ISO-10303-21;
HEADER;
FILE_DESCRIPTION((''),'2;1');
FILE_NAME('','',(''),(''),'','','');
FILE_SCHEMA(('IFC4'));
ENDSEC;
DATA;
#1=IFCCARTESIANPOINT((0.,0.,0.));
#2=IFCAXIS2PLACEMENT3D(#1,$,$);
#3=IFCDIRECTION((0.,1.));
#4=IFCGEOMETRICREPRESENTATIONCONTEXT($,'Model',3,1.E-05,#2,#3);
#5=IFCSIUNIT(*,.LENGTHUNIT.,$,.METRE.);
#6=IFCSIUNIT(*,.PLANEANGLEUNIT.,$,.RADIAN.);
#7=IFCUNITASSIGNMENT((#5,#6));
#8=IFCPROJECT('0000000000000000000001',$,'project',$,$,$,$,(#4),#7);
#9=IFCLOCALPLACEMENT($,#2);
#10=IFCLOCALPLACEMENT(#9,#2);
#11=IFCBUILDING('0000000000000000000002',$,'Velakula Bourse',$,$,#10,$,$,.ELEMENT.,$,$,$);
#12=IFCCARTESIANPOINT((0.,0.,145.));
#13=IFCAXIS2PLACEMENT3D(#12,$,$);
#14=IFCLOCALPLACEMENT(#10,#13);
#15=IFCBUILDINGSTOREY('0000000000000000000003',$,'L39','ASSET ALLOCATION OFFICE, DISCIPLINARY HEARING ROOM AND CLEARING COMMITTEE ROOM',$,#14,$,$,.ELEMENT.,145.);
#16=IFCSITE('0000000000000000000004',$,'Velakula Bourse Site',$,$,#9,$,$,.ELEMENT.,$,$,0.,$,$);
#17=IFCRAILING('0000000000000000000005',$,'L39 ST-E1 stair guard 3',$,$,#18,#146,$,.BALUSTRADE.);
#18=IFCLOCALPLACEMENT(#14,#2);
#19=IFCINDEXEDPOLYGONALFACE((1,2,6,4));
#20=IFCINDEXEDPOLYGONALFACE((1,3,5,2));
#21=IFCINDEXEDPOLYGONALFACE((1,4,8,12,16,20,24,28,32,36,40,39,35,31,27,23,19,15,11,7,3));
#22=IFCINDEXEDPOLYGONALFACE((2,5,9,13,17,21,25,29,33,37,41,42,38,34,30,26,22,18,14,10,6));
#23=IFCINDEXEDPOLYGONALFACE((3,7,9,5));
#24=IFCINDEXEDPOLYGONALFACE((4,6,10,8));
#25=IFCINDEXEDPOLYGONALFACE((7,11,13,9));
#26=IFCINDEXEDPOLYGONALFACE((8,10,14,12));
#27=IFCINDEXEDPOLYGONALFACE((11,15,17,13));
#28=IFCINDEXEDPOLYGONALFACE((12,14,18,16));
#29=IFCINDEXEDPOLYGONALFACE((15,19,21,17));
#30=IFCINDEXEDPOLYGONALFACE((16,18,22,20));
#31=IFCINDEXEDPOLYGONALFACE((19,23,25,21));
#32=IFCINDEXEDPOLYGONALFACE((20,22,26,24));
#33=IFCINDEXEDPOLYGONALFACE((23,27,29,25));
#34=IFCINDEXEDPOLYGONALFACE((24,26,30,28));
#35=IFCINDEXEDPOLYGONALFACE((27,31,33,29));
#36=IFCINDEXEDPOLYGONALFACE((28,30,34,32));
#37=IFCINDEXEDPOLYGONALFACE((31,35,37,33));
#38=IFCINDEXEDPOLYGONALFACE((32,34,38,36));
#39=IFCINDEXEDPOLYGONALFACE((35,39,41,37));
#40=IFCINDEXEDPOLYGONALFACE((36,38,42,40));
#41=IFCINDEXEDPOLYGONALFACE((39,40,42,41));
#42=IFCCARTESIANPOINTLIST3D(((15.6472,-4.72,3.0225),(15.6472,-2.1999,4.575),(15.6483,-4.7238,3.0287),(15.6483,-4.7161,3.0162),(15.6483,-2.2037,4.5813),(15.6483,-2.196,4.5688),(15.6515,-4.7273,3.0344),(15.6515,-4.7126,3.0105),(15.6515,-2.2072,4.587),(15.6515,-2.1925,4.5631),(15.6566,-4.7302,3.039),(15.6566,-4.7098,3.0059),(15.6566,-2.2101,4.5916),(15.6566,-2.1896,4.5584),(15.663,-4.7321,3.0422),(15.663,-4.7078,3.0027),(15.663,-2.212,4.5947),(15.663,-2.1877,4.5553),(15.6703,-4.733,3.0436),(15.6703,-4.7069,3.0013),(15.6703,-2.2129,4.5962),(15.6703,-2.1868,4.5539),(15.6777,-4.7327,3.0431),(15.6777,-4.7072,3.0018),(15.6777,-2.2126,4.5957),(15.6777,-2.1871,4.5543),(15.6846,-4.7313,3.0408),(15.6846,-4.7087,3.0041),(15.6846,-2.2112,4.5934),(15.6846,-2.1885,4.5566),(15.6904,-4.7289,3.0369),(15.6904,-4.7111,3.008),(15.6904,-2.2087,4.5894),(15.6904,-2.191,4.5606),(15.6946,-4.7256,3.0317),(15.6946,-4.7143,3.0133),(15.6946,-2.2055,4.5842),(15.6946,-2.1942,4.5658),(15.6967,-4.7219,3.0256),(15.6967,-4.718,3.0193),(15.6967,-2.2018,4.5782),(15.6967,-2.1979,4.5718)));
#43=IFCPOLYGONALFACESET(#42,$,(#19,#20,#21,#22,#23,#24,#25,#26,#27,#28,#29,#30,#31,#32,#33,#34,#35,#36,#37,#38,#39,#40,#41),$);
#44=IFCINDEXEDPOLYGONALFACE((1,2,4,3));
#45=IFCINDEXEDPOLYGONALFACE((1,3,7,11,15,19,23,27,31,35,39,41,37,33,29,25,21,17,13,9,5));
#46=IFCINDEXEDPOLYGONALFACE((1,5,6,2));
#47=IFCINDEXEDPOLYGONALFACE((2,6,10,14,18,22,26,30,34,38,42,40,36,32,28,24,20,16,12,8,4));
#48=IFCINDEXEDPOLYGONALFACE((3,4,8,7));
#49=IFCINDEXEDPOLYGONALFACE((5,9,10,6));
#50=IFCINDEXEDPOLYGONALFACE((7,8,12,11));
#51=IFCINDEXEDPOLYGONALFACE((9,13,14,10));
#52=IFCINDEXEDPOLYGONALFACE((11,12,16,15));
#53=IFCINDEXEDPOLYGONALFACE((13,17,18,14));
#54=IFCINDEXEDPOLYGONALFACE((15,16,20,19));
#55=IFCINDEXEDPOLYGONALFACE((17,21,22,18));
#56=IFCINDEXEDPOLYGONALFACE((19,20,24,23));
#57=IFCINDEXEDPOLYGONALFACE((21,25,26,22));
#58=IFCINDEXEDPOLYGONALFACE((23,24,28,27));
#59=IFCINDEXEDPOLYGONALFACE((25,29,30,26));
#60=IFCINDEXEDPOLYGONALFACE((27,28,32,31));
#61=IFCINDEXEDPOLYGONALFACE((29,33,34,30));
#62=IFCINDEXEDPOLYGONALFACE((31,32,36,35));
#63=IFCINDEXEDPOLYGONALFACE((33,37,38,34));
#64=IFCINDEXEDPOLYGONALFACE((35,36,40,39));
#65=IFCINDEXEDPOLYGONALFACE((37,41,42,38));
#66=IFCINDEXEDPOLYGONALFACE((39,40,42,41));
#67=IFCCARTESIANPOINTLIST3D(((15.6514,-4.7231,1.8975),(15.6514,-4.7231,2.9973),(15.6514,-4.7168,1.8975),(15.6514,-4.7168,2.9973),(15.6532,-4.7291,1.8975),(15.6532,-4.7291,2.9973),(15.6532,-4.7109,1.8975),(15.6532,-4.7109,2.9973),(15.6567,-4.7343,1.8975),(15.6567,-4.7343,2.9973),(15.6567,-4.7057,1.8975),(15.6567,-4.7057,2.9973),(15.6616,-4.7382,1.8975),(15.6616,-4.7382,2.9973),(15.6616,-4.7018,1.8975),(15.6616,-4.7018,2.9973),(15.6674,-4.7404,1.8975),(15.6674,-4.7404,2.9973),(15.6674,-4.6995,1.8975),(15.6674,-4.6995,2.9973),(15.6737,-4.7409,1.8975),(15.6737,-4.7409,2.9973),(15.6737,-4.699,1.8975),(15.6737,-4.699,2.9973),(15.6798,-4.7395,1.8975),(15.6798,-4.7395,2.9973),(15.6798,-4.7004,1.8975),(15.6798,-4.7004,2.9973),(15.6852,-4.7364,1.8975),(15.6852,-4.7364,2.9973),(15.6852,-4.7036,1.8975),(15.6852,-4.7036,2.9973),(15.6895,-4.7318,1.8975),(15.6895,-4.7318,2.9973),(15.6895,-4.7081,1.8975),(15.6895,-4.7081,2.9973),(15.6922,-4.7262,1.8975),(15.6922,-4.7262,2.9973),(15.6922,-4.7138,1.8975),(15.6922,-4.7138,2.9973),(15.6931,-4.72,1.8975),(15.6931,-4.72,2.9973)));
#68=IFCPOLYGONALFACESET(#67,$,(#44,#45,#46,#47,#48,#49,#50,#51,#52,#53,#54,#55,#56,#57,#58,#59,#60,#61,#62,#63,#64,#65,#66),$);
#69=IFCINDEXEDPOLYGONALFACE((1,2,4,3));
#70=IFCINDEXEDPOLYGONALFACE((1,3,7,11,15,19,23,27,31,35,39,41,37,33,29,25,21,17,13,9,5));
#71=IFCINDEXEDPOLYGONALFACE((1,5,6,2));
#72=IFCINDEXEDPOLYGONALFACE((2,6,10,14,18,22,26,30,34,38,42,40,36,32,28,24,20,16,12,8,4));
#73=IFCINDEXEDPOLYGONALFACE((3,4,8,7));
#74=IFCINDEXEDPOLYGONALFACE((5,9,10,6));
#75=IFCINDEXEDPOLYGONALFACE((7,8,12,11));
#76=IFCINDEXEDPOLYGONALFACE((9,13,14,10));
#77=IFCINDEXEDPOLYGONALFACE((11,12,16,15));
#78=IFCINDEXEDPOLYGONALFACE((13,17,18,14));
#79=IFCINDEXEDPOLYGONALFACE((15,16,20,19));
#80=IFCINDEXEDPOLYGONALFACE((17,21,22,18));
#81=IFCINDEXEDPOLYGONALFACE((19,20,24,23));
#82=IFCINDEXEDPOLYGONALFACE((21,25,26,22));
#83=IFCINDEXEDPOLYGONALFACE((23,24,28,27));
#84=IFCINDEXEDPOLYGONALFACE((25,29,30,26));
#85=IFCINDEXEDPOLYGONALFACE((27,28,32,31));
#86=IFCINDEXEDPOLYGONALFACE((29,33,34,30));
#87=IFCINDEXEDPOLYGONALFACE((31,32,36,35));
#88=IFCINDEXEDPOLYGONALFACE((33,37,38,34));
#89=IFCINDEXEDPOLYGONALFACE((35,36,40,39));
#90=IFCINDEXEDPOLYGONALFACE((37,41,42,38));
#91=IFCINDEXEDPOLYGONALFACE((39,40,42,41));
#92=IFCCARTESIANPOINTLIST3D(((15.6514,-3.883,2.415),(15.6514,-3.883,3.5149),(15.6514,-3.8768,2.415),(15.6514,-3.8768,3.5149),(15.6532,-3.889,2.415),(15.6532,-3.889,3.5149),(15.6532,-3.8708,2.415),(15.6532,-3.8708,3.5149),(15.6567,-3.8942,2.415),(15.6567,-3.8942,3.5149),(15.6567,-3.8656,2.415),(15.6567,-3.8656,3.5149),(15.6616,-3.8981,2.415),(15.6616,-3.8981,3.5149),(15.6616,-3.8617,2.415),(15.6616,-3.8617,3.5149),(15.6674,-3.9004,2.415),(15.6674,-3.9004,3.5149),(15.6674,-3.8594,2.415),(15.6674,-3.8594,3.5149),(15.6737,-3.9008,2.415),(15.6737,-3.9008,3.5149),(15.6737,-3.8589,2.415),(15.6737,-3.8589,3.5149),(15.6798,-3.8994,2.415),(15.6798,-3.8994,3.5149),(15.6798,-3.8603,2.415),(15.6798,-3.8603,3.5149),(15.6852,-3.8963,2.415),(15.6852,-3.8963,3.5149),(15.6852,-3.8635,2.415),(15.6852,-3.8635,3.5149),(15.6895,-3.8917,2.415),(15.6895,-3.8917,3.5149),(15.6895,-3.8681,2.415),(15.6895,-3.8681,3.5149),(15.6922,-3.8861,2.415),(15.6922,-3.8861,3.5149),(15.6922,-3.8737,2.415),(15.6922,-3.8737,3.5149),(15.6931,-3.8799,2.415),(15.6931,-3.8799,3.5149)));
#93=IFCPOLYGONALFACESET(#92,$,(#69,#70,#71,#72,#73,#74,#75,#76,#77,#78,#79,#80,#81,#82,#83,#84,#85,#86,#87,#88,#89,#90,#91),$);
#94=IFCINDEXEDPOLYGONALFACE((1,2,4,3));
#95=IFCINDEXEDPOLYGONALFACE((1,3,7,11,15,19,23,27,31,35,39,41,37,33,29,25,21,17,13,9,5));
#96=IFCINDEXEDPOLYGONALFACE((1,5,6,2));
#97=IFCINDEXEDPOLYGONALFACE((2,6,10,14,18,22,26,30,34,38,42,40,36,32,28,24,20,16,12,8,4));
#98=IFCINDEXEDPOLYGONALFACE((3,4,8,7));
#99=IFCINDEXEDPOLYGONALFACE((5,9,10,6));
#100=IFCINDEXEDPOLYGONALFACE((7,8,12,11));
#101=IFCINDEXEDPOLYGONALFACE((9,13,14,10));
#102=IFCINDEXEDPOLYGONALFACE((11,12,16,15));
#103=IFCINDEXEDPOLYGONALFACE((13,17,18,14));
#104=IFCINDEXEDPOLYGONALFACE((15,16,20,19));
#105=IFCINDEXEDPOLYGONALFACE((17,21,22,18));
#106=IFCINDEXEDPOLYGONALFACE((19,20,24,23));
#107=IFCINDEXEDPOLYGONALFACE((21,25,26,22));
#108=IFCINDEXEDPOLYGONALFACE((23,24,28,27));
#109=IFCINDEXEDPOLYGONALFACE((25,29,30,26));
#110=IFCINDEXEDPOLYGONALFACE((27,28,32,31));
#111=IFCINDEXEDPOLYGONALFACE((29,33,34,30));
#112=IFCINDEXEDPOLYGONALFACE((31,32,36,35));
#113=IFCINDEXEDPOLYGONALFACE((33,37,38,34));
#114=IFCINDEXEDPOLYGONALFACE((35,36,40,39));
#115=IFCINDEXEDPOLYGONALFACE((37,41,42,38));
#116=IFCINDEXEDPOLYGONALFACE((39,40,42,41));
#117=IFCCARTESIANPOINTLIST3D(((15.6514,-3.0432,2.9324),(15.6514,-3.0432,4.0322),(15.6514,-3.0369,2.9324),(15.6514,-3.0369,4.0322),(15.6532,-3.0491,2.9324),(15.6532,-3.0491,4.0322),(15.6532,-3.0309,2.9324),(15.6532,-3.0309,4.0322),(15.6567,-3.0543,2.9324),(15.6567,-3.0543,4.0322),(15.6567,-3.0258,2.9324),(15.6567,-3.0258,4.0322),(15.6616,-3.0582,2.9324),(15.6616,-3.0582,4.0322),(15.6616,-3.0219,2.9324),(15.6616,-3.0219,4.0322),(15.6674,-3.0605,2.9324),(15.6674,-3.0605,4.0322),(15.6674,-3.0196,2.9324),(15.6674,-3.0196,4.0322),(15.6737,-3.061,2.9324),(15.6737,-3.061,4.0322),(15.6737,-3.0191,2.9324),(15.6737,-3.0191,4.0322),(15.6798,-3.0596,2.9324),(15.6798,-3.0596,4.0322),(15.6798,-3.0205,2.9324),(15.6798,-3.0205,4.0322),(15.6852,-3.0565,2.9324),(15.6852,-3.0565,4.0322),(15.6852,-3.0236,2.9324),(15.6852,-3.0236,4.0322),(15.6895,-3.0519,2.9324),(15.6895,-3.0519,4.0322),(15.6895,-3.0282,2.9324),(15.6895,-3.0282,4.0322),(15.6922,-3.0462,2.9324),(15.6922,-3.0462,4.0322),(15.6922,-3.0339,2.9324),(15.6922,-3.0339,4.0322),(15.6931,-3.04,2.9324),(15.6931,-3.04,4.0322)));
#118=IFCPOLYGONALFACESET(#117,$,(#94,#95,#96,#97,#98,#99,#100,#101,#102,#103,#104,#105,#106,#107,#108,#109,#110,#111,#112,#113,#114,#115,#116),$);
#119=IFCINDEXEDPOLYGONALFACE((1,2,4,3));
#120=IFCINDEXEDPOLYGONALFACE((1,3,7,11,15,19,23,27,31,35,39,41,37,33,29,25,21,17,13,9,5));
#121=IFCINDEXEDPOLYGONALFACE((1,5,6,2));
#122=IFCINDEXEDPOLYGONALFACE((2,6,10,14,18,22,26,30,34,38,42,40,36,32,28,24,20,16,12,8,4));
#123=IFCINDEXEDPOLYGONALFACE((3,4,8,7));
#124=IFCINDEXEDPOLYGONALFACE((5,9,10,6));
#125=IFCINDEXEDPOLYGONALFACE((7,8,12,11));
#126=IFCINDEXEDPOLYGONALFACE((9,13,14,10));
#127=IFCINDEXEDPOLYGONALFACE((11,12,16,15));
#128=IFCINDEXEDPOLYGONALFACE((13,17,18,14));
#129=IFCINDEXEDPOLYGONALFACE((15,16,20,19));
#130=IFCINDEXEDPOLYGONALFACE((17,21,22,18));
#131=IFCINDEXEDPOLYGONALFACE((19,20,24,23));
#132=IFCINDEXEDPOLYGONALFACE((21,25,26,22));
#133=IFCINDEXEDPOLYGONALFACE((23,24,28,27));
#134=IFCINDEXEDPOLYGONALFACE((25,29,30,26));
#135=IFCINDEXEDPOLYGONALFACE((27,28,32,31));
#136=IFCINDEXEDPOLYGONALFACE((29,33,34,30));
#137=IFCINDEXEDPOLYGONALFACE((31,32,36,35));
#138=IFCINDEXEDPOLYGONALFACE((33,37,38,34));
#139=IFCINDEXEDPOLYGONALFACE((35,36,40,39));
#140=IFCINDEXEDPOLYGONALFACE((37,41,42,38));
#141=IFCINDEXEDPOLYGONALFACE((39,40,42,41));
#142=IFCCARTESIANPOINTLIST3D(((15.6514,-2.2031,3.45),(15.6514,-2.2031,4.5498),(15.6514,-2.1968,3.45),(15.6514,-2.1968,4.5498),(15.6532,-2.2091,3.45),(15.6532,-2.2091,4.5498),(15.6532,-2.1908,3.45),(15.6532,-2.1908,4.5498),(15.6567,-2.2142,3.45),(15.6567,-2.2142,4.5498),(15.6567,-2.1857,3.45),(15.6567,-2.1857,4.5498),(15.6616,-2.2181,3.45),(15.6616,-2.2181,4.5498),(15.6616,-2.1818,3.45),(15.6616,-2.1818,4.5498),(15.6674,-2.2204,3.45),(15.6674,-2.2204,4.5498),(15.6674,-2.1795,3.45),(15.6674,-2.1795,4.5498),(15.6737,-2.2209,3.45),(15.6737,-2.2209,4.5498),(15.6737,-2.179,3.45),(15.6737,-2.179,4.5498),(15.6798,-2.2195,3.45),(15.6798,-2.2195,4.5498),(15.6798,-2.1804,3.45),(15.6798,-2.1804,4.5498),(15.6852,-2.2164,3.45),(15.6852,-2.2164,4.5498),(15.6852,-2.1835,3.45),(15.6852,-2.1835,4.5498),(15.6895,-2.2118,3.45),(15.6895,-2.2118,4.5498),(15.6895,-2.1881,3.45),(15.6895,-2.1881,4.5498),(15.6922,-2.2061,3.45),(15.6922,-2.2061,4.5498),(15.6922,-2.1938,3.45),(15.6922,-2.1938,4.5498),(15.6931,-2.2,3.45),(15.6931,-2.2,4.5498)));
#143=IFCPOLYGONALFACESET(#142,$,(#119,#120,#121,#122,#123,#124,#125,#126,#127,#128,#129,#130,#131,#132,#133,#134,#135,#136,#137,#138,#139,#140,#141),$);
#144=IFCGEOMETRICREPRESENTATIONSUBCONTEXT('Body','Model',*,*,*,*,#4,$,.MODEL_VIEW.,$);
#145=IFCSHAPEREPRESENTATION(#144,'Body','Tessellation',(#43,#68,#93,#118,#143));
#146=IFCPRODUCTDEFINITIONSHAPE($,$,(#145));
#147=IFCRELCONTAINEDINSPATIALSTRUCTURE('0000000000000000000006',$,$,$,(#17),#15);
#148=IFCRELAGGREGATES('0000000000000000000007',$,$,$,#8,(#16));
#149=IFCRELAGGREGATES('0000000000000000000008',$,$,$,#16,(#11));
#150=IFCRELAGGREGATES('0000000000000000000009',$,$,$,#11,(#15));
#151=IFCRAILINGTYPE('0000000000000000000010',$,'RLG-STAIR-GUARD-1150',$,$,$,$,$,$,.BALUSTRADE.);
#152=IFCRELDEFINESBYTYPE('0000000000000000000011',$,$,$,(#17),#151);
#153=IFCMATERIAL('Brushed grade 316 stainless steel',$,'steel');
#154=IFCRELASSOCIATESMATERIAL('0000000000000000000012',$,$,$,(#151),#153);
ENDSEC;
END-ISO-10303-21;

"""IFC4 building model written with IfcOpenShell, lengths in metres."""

from ifc_helpers import new_model, si_unit, direction, frame, origin, origin_2d, place, context, subcontext, project, spatial, circle, extrude, material, type_object, element, save


model = new_model("IFC4")

# Units and contexts
model_context = context("Model", 3, precision=1e-05, world=origin(), true_north=direction((0.0, 1.0)))
body_context = subcontext(model_context, "Body", "Model", "MODEL_VIEW")
ifc_project = project(units=[si_unit("LENGTHUNIT", "METRE"), si_unit("PLANEANGLEUNIT", "RADIAN")], contexts=[model_context])

# Site, building, storey
site_placement = place(None, origin())
site = spatial("IfcSite", under=ifc_project, at=site_placement, Name="Velakula Bourse Site", CompositionType="ELEMENT", RefElevation=0.0)
building_placement = place(site_placement, origin())
building = spatial("IfcBuilding", under=site, at=building_placement, Name="Velakula Bourse", CompositionType="ELEMENT")
storey_placement = place(building_placement, frame((0.0, 0.0, 145.0)))
storey = spatial("IfcBuildingStorey", under=building, at=storey_placement, Name="L39", Description="ASSET ALLOCATION OFFICE, DISCIPLINARY HEARING ROOM AND CLEARING COMMITTEE ROOM", CompositionType="ELEMENT", Elevation=145.0)

# Shared definitions
ifc_material_1 = material(Name="Brushed grade 316 stainless steel", Category="steel")

# Railing
railing_type_1 = type_object("IfcRailingType", Name="RLG-STAIR-GUARD-1150", PredefinedType="BALUSTRADE", material=ifc_material_1)
railing_1_placement = place(storey_placement, frame((15.6721, -4.72, 1.8975)))
element("IfcRailing", 1, at=railing_1_placement, inside=storey, type_object=railing_type_1, Name="L39 ST-E1 stair guard 3", PredefinedType="BALUSTRADE", context=body_context, shape_type="SweptSolid", body=[
    extrude(circle(Radius=0.0249, at=origin_2d()), frame((0.0, 0.0, 1.125), z_axis=(0.0, 0.8514, 0.524516), x_axis=(-1.0, 0.0, 0.0)), (0.0, 0.0, 1.0), 2.96),
    extrude(circle(Radius=0.021, at=origin_2d()), origin(), (0.0, 0.0, 1.0), 1.0999),
    extrude(circle(Radius=0.021, at=origin_2d()), frame((0.0, 0.8401, 0.5176)), (0.0, 0.0, 1.0), 1.0999),
    extrude(circle(Radius=0.021, at=origin_2d()), frame((0.0, 1.6799, 1.0349)), (0.0, 0.0, 1.0), 1.0999),
    extrude(circle(Radius=0.021, at=origin_2d()), frame((0.0, 2.52, 1.5525)), (0.0, 0.0, 1.0), 1.0999),
])

save(model, "model.ifc")
